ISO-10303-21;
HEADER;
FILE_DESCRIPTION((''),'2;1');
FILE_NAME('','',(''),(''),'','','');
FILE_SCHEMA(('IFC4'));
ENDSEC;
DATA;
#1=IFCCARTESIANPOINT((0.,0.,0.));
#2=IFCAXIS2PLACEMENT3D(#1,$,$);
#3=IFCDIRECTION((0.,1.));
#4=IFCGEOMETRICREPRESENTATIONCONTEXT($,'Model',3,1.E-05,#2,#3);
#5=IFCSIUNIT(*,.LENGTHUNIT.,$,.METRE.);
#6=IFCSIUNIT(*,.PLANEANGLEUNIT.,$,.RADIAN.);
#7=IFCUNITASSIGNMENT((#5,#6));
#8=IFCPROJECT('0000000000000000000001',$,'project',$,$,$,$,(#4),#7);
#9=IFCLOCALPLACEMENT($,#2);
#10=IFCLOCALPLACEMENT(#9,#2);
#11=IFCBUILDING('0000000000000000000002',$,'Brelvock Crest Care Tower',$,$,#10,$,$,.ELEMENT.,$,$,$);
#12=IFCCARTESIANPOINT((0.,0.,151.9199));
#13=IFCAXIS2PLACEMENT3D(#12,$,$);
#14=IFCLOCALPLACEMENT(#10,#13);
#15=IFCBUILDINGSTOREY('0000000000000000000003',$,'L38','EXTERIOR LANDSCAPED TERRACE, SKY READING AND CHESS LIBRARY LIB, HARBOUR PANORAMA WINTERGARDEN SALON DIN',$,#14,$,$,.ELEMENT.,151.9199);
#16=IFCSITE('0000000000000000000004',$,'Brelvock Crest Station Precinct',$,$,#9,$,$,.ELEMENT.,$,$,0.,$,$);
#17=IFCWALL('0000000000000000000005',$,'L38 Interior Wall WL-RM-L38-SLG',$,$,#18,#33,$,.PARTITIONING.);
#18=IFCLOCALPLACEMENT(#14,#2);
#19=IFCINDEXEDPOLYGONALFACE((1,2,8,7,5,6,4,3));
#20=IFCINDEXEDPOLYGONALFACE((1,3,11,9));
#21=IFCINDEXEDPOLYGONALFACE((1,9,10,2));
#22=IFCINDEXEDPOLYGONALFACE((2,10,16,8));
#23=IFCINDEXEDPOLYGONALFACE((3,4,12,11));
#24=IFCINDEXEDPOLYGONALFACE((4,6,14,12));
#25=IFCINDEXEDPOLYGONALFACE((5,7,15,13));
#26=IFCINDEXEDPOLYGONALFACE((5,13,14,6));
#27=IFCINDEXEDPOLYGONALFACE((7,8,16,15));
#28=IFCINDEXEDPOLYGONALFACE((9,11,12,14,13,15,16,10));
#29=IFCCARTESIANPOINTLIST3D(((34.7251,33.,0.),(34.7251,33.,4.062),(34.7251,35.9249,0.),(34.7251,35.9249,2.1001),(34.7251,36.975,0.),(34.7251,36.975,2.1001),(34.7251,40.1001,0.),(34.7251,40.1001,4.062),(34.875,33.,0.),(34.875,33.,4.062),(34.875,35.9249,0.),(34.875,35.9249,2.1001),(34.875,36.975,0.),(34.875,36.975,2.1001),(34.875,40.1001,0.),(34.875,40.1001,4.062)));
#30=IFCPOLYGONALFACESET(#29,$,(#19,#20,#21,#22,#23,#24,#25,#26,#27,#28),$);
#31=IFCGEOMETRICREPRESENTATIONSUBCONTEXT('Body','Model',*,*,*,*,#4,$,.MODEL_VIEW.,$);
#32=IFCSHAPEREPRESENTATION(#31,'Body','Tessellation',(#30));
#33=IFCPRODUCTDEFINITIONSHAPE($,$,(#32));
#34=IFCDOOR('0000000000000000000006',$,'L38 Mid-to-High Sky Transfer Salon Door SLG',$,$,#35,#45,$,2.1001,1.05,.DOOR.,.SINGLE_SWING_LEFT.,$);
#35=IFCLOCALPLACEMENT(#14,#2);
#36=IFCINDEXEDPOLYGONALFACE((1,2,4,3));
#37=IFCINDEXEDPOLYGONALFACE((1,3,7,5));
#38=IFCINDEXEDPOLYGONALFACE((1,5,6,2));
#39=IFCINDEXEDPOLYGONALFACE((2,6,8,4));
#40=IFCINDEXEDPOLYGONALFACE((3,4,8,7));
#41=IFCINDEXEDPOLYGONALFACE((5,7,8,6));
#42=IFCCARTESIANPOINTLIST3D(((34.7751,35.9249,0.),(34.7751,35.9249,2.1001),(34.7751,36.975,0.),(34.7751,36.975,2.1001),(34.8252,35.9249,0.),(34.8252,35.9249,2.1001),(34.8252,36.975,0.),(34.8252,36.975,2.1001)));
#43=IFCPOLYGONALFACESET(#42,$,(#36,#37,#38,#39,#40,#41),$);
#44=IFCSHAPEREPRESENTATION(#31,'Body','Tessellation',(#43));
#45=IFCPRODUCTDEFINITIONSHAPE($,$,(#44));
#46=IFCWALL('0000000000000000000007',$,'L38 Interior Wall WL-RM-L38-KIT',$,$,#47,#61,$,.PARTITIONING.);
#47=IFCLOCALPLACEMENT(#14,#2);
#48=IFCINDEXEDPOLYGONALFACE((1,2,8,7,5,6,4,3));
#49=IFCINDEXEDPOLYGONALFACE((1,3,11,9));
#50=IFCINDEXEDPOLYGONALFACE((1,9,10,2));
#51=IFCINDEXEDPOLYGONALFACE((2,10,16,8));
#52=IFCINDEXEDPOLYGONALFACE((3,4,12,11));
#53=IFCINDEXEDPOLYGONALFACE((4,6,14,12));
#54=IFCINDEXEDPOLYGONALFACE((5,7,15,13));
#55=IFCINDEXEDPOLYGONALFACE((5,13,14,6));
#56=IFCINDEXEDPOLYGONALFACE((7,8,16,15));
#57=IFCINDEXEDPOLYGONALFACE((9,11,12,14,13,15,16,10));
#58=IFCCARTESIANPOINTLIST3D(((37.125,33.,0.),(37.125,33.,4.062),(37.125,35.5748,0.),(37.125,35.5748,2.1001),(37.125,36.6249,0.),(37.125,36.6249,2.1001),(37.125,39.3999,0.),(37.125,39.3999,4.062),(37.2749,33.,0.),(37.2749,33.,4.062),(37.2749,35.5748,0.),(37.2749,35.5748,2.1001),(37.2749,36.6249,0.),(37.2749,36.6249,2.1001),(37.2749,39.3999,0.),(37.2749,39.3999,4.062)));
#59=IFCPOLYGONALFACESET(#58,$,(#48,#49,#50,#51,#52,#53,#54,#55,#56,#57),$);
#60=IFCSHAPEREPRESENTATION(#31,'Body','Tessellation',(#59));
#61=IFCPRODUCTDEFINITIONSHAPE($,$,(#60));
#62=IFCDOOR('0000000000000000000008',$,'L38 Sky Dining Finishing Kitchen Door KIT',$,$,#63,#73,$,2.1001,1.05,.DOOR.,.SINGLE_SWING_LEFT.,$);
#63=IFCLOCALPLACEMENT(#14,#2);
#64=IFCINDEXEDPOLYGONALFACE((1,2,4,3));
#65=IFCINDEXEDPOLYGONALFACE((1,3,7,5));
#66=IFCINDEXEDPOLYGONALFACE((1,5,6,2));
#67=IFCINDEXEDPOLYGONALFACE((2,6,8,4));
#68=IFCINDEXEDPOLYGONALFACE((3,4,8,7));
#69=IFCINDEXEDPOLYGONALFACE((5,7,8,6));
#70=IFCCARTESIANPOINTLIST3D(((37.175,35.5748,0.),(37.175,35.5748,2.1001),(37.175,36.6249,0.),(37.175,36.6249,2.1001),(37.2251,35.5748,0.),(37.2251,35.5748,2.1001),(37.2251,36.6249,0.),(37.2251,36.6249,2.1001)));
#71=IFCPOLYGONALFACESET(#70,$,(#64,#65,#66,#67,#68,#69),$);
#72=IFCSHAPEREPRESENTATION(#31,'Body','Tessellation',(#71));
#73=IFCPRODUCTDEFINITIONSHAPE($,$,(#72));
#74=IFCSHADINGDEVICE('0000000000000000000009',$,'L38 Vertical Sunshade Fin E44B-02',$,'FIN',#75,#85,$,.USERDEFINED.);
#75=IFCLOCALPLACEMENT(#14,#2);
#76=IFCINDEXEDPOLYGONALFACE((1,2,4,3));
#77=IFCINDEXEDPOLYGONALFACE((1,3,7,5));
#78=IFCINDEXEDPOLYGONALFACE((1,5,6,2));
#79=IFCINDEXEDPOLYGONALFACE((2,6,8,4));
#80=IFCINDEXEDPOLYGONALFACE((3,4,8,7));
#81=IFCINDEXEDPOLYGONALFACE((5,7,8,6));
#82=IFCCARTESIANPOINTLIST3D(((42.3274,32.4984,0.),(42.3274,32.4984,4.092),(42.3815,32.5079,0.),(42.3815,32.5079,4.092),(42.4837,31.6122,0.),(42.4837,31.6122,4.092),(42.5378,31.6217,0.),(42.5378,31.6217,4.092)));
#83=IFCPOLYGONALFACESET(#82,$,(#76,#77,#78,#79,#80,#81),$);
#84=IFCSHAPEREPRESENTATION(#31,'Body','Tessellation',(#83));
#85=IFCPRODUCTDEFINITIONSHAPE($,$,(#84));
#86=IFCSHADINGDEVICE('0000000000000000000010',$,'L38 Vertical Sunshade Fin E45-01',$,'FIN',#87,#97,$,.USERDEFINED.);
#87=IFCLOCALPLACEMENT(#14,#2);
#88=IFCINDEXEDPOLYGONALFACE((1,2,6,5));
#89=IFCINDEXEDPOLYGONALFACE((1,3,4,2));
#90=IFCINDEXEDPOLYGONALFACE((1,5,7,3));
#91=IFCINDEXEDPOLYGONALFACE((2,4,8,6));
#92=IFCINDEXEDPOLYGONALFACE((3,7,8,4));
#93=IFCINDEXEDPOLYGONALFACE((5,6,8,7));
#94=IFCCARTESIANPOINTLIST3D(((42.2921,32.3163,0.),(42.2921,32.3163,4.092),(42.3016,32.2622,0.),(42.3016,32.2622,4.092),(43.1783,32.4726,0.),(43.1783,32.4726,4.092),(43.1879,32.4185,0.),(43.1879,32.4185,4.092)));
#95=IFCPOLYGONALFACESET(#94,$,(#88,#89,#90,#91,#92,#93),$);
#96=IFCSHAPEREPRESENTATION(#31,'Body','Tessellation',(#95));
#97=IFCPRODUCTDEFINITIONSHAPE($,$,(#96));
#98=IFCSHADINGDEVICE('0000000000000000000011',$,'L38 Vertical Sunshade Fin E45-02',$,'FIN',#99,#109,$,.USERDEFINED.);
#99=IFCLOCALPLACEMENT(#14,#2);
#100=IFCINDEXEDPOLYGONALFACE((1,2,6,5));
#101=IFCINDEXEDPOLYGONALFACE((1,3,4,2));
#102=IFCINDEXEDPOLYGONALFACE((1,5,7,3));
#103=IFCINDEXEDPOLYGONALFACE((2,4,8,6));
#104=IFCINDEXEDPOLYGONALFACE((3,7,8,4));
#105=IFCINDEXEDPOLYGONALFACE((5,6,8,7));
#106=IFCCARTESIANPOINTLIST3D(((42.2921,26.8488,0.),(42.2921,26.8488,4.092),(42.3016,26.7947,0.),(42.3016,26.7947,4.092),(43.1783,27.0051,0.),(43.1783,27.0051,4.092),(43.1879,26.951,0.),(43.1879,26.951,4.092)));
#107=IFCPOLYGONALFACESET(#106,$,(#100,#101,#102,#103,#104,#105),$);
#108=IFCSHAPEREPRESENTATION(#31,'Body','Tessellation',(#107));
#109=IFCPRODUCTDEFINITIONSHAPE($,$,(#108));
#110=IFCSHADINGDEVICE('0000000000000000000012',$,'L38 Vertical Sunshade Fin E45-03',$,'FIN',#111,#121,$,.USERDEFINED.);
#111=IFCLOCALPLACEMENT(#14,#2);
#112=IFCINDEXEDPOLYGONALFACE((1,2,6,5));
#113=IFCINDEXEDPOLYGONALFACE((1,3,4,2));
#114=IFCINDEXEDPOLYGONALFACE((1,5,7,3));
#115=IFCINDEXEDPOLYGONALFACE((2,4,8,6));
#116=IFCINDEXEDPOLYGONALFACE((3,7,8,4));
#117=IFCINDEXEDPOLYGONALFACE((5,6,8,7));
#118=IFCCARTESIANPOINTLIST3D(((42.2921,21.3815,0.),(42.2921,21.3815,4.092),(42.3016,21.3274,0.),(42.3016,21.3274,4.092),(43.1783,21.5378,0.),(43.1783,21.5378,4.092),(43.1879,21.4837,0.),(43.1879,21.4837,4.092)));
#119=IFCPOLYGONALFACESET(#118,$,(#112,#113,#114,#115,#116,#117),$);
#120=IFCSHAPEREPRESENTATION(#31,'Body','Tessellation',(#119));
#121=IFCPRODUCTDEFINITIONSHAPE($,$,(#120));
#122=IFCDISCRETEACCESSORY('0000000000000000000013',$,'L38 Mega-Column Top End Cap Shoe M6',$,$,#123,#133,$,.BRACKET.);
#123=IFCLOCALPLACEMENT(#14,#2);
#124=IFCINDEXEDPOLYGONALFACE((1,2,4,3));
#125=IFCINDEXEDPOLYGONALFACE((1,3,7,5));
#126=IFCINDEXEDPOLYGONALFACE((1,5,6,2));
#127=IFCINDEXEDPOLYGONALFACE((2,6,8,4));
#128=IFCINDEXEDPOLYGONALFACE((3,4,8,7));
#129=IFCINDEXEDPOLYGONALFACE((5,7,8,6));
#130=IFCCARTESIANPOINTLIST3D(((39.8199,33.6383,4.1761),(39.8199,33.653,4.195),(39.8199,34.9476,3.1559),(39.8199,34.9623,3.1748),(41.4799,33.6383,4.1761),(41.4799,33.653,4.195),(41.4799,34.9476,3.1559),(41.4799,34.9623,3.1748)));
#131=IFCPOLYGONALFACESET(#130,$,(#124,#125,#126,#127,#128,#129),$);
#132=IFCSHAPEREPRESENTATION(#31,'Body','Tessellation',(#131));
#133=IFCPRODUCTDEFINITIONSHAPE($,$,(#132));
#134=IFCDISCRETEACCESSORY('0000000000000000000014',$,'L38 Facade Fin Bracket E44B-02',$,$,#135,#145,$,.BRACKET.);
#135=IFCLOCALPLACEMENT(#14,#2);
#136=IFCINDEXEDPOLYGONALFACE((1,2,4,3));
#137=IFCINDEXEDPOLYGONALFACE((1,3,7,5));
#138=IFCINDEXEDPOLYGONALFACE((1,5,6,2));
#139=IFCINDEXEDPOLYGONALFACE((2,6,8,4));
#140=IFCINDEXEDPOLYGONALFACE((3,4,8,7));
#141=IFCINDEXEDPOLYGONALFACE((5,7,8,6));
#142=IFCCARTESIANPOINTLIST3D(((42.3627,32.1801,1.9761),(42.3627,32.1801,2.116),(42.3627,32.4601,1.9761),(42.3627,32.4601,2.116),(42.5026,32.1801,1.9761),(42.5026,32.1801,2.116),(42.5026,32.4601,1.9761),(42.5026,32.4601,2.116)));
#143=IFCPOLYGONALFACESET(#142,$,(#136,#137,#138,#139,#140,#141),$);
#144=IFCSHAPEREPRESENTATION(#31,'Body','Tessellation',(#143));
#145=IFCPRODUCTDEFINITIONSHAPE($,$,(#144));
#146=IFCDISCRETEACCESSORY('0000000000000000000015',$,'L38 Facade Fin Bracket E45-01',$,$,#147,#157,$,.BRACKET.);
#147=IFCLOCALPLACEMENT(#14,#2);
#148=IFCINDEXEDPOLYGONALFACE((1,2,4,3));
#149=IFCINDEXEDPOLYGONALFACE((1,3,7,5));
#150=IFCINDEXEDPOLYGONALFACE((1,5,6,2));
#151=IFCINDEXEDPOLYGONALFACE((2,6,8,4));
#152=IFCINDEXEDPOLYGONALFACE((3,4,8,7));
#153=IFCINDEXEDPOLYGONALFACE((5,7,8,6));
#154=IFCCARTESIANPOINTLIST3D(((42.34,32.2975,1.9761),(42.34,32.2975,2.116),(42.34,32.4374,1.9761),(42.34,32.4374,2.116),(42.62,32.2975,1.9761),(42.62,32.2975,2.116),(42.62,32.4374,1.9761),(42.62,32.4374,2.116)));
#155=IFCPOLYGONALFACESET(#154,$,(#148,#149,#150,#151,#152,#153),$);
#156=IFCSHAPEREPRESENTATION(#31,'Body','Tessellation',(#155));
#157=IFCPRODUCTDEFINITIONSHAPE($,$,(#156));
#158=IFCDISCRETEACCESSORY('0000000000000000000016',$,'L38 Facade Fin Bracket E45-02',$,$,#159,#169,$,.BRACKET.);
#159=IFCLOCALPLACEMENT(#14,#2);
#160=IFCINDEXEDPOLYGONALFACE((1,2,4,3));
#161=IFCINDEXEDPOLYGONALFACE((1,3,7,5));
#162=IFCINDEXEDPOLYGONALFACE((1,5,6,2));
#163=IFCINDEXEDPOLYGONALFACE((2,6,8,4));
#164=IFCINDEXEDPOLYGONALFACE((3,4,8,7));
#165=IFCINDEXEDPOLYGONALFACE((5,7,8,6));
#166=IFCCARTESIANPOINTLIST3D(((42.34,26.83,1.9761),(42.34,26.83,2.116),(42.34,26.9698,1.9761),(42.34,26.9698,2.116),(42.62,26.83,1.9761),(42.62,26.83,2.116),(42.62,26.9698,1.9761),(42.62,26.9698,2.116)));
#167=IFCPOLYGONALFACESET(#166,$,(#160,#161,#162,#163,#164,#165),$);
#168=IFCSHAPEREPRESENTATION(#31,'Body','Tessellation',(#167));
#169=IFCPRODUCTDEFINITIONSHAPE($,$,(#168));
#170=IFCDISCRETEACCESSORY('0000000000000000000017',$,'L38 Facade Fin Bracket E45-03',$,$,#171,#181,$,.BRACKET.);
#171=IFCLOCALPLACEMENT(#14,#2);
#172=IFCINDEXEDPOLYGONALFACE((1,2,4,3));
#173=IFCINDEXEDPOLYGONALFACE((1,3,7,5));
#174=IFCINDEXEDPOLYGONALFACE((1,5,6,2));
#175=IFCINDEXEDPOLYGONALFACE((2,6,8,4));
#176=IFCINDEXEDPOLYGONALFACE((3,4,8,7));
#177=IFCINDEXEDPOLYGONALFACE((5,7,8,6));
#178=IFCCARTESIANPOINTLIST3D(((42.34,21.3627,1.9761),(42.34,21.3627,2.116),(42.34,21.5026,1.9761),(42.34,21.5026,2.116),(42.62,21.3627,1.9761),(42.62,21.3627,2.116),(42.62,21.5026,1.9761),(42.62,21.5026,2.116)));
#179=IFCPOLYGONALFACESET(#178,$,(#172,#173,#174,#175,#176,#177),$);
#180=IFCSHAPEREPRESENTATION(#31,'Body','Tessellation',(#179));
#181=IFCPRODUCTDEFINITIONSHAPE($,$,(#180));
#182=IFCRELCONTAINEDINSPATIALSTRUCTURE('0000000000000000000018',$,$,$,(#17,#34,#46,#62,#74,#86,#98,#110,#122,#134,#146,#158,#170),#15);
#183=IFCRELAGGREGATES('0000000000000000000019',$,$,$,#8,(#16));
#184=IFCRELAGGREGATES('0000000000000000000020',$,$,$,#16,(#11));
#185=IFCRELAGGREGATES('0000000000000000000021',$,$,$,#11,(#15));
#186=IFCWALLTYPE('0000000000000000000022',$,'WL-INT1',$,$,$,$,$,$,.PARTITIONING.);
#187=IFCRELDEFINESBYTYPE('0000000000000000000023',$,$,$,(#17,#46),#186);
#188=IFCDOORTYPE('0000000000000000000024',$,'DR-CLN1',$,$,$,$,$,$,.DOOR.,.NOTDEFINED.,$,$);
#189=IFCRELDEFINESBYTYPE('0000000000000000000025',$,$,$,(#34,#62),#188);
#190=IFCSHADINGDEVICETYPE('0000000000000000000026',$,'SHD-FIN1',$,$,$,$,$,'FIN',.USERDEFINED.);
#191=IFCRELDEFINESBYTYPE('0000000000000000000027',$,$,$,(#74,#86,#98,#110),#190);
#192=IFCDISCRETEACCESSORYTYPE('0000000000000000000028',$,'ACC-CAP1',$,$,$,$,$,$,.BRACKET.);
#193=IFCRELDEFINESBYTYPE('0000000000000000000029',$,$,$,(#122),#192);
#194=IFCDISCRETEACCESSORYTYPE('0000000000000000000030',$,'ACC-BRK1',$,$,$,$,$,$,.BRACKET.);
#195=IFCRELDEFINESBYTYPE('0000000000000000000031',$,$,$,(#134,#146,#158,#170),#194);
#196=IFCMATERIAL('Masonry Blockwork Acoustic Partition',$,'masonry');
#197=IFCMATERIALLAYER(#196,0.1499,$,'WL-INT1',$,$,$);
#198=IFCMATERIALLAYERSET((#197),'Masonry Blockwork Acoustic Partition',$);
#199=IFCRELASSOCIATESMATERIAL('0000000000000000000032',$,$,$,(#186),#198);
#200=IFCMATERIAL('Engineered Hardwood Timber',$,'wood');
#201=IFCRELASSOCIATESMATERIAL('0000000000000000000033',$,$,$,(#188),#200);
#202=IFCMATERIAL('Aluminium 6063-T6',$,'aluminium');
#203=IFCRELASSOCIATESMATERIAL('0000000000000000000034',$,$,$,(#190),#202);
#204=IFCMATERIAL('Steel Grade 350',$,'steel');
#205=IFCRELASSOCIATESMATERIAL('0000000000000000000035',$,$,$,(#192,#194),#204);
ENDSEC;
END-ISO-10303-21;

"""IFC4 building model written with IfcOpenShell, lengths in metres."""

from ifc_helpers import new_model, si_unit, direction, frame, frame_2d, origin, origin_2d, place, context, subcontext, project, spatial, rectangle, extrude, source, transform, mapped, material, layer, layer_set, material_profile, profile_set, type_object, element, fill, save


model = new_model("IFC4")

# Units and contexts
model_context = context("Model", 3, precision=1e-05, world=origin(), true_north=direction((0.0, 1.0)))
body_context = subcontext(model_context, "Body", "Model", "MODEL_VIEW")
ifc_project = project(units=[si_unit("LENGTHUNIT", "METRE"), si_unit("PLANEANGLEUNIT", "RADIAN")], contexts=[model_context])

# Site, building, storey
site_placement = place(None, origin())
site = spatial("IfcSite", under=ifc_project, at=site_placement, Name="Brelvock Crest Station Precinct", CompositionType="ELEMENT", RefElevation=0.0)
building_placement = place(site_placement, origin())
building = spatial("IfcBuilding", under=site, at=building_placement, Name="Brelvock Crest Care Tower", CompositionType="ELEMENT")
storey_placement = place(building_placement, frame((0.0, 0.0, 151.9199)))
storey = spatial("IfcBuildingStorey", under=building, at=storey_placement, Name="L38", Description="EXTERIOR LANDSCAPED TERRACE, SKY READING AND CHESS LIBRARY LIB, HARBOUR PANORAMA WINTERGARDEN SALON DIN", CompositionType="ELEMENT", Elevation=151.9199)

# Shared definitions
ifc_material_1 = material(Name="Steel Grade 350", Category="steel")

# Shared definitions
ifc_material_2 = material(Name="Aluminium 6063-T6", Category="aluminium")

# Shared definitions
ifc_material_3 = material(Name="Masonry Blockwork Acoustic Partition", Category="masonry")
ifc_layer_1 = layer(ifc_material_3, 0.1499, Name="WL-INT1")
ifc_layer_set_1 = layer_set([ifc_layer_1], Name="Masonry Blockwork Acoustic Partition")
wall_type = type_object("IfcWallType", Name="WL-INT1", PredefinedType="PARTITIONING", material=ifc_layer_set_1)

# Walls, openings, doors
wall_1_placement = place(storey_placement, frame((34.8, 33.0, 0.0), z_axis=(0.0, 0.0, 1.0), x_axis=(0.0, 1.0, 0.0)))
wall_1 = element("IfcWall", 1, at=wall_1_placement, inside=storey, type_object=wall_type, Name="L38 Interior Wall WL-RM-L38-SLG", PredefinedType="PARTITIONING", context=body_context, shape_type="SweptSolid", body=[
    extrude(rectangle(XDim=7.1001, YDim=0.1499, at=frame_2d((3.55, 0.0))), origin(), (0.0, 0.0, 1.0), 4.062),
])
opening_1_placement = place(wall_1_placement, frame((2.925, 0.0, 0.0)))
opening_1 = element("IfcOpeningElement", 2, at=opening_1_placement, cuts=wall_1, PredefinedType="OPENING", context=body_context, shape_type="SweptSolid", body=[
    extrude(rectangle(XDim=1.05, YDim=2.1001, at=origin_2d()), frame((0.5249, 0.085, 1.05), z_axis=(0.0, -1.0, 0.0), x_axis=(1.0, 0.0, 0.0)), (0.0, 0.0, 1.0), 0.1699),
])
ifc_material_4 = material(Name="Engineered Hardwood Timber", Category="wood")
door_type = type_object("IfcDoorType", Name="DR-CLN1", OperationType="NOTDEFINED", PredefinedType="DOOR", material=ifc_material_4)
shared_shape_1 = source(origin(), body_context, "Body", "SweptSolid", [
    extrude(rectangle(XDim=1.05, YDim=2.1001, at=origin_2d()), frame((0.5249, 0.0249, 1.05), z_axis=(0.0, -1.0, 0.0), x_axis=(1.0, 0.0, 0.0)), (0.0, 0.0, 1.0), 0.05),
])
door_1_placement = place(opening_1_placement, origin())
door_1 = element("IfcDoor", 3, at=door_1_placement, inside=storey, type_object=door_type, Name="L38 Mid-to-High Sky Transfer Salon Door SLG", OperationType="SINGLE_SWING_LEFT", OverallHeight=2.1001, OverallWidth=1.05, PredefinedType="DOOR", context=body_context, shape_type="MappedRepresentation", body=[
    mapped(shared_shape_1, transform((0.0, 0.0, 0.0), x_axis=(1.0, 0.0, 0.0), y_axis=(0.0, 1.0, 0.0), z_axis=(0.0, 0.0, 1.0), scale=1.0)),
])
fill(opening_1, door_1)
wall_2_placement = place(storey_placement, frame((37.2, 33.0, 0.0), z_axis=(0.0, 0.0, 1.0), x_axis=(0.0, 1.0, 0.0)))
wall_2 = element("IfcWall", 4, at=wall_2_placement, inside=storey, type_object=wall_type, Name="L38 Interior Wall WL-RM-L38-KIT", PredefinedType="PARTITIONING", context=body_context, shape_type="SweptSolid", body=[
    extrude(rectangle(XDim=6.3999, YDim=0.1499, at=frame_2d((3.2, 0.0))), origin(), (0.0, 0.0, 1.0), 4.062),
])
opening_2_placement = place(wall_2_placement, frame((2.575, 0.0, 0.0)))
opening_2 = element("IfcOpeningElement", 5, at=opening_2_placement, cuts=wall_2, PredefinedType="OPENING", context=body_context, shape_type="SweptSolid", body=[
    extrude(rectangle(XDim=1.05, YDim=2.1001, at=origin_2d()), frame((0.5249, 0.085, 1.05), z_axis=(0.0, -1.0, 0.0), x_axis=(1.0, 0.0, 0.0)), (0.0, 0.0, 1.0), 0.1699),
])
door_2_placement = place(opening_2_placement, origin())
door_2 = element("IfcDoor", 6, at=door_2_placement, inside=storey, type_object=door_type, Name="L38 Sky Dining Finishing Kitchen Door KIT", OperationType="SINGLE_SWING_LEFT", OverallHeight=2.1001, OverallWidth=1.05, PredefinedType="DOOR", context=body_context, shape_type="MappedRepresentation", body=[
    mapped(shared_shape_1, transform((0.0, 0.0, 0.0), x_axis=(1.0, 0.0, 0.0), y_axis=(0.0, 1.0, 0.0), z_axis=(0.0, 0.0, 1.0), scale=1.0)),
])
fill(opening_2, door_2)

# Shading devices
ifc_material_profile_1 = material_profile(ifc_material_2, rectangle(XDim=0.0549, YDim=0.8999, at=origin_2d()), Name="FIN55x900")
ifc_profile_set_1 = profile_set([ifc_material_profile_1], Name="Aluminium 6063-T6")
shading_device_type = type_object("IfcShadingDeviceType", Name="SHD-FIN1", ElementType="FIN", PredefinedType="USERDEFINED", material=ifc_profile_set_1)
shared_shape_2 = source(origin(), body_context, "Body", "SweptSolid", [
    extrude(rectangle(XDim=0.0549, YDim=0.8999, at=origin_2d()), origin(), (0.0, 0.0, 1.0), 4.092),
])
for number, where, z_axis, x_axis, name in (
    (7, (42.4326, 32.0601, 0.0), (0.0, 0.0, 1.0), (-0.984808, -0.173648, 0.0), "L38 Vertical Sunshade Fin E44B-02"),
    (8, (42.74, 32.3674, 0.0), (0.0, 0.0, 1.0), (0.173648, -0.984808, 0.0), "L38 Vertical Sunshade Fin E45-01"),
    (9, (42.74, 26.8999, 0.0), (0.0, 0.0, 1.0), (0.173648, -0.984808, 0.0), "L38 Vertical Sunshade Fin E45-02"),
    (10, (42.74, 21.4326, 0.0), (0.0, 0.0, 1.0), (0.173648, -0.984808, 0.0), "L38 Vertical Sunshade Fin E45-03"),
):
    element("IfcShadingDevice", number, at=place(storey_placement, frame(where, z_axis=z_axis, x_axis=x_axis)), inside=storey, type_object=shading_device_type, Name=name, ObjectType="FIN", PredefinedType="USERDEFINED", context=body_context, shape_type="MappedRepresentation", body=[
        mapped(shared_shape_2, transform((0.0, 0.0, 0.0), x_axis=(1.0, 0.0, 0.0), y_axis=(0.0, 1.0, 0.0), z_axis=(0.0, 0.0, 1.0), scale=1.0)),
    ])

# Discrete accessories
ifc_material_profile_2 = material_profile(ifc_material_1, rectangle(XDim=1.6599, YDim=1.6599, at=origin_2d()), Name="ACC-CAP1")
ifc_profile_set_2 = profile_set([ifc_material_profile_2], Name="Steel Grade 350")
discrete_accessory_type_1 = type_object("IfcDiscreteAccessoryType", Name="ACC-CAP1", PredefinedType="BRACKET", material=ifc_profile_set_2)
shared_shape_3 = source(origin(), body_context, "Body", "SweptSolid", [
    extrude(rectangle(XDim=1.6599, YDim=1.6599, at=origin_2d()), origin(), (0.0, 0.0, 1.0), 0.0239),
])
discrete_accessory_placement = place(storey_placement, frame((40.6499, 34.293, 3.666), z_axis=(0.0, 0.61465, 0.7888), x_axis=(-1.0, 0.0, 0.0)))
element("IfcDiscreteAccessory", 11, at=discrete_accessory_placement, inside=storey, type_object=discrete_accessory_type_1, Name="L38 Mega-Column Top End Cap Shoe M6", PredefinedType="BRACKET", context=body_context, shape_type="MappedRepresentation", body=[
    mapped(shared_shape_3, transform((0.0, 0.0, 0.0), x_axis=(1.0, 0.0, 0.0), y_axis=(0.0, 1.0, 0.0), z_axis=(0.0, 0.0, 1.0), scale=1.0)),
])
discrete_accessory_type_2 = type_object("IfcDiscreteAccessoryType", Name="ACC-BRK1", PredefinedType="BRACKET", material=ifc_material_1)
shared_shape_4 = source(origin(), body_context, "Body", "SweptSolid", [
    extrude(rectangle(XDim=0.28, YDim=0.1399, at=origin_2d()), origin(), (0.0, 0.0, 1.0), 0.1399),
])
for number, where, z_axis, x_axis, name in (
    (12, (42.4326, 32.3201, 1.9761), (0.0, 0.0, 1.0), (0.0, -1.0, 0.0), "L38 Facade Fin Bracket E44B-02"),
    (13, (42.48, 32.3674, 1.9761), (0.0, 0.0, 1.0), (1.0, 0.0, 0.0), "L38 Facade Fin Bracket E45-01"),
    (14, (42.48, 26.8999, 1.9761), (0.0, 0.0, 1.0), (1.0, 0.0, 0.0), "L38 Facade Fin Bracket E45-02"),
    (15, (42.48, 21.4326, 1.9761), (0.0, 0.0, 1.0), (1.0, 0.0, 0.0), "L38 Facade Fin Bracket E45-03"),
):
    element("IfcDiscreteAccessory", number, at=place(storey_placement, frame(where, z_axis=z_axis, x_axis=x_axis)), inside=storey, type_object=discrete_accessory_type_2, Name=name, PredefinedType="BRACKET", context=body_context, shape_type="MappedRepresentation", body=[
        mapped(shared_shape_4, transform((0.0, 0.0, 0.0), x_axis=(1.0, 0.0, 0.0), y_axis=(0.0, 1.0, 0.0), z_axis=(0.0, 0.0, 1.0), scale=1.0)),
    ])

save(model, "model.ifc")
